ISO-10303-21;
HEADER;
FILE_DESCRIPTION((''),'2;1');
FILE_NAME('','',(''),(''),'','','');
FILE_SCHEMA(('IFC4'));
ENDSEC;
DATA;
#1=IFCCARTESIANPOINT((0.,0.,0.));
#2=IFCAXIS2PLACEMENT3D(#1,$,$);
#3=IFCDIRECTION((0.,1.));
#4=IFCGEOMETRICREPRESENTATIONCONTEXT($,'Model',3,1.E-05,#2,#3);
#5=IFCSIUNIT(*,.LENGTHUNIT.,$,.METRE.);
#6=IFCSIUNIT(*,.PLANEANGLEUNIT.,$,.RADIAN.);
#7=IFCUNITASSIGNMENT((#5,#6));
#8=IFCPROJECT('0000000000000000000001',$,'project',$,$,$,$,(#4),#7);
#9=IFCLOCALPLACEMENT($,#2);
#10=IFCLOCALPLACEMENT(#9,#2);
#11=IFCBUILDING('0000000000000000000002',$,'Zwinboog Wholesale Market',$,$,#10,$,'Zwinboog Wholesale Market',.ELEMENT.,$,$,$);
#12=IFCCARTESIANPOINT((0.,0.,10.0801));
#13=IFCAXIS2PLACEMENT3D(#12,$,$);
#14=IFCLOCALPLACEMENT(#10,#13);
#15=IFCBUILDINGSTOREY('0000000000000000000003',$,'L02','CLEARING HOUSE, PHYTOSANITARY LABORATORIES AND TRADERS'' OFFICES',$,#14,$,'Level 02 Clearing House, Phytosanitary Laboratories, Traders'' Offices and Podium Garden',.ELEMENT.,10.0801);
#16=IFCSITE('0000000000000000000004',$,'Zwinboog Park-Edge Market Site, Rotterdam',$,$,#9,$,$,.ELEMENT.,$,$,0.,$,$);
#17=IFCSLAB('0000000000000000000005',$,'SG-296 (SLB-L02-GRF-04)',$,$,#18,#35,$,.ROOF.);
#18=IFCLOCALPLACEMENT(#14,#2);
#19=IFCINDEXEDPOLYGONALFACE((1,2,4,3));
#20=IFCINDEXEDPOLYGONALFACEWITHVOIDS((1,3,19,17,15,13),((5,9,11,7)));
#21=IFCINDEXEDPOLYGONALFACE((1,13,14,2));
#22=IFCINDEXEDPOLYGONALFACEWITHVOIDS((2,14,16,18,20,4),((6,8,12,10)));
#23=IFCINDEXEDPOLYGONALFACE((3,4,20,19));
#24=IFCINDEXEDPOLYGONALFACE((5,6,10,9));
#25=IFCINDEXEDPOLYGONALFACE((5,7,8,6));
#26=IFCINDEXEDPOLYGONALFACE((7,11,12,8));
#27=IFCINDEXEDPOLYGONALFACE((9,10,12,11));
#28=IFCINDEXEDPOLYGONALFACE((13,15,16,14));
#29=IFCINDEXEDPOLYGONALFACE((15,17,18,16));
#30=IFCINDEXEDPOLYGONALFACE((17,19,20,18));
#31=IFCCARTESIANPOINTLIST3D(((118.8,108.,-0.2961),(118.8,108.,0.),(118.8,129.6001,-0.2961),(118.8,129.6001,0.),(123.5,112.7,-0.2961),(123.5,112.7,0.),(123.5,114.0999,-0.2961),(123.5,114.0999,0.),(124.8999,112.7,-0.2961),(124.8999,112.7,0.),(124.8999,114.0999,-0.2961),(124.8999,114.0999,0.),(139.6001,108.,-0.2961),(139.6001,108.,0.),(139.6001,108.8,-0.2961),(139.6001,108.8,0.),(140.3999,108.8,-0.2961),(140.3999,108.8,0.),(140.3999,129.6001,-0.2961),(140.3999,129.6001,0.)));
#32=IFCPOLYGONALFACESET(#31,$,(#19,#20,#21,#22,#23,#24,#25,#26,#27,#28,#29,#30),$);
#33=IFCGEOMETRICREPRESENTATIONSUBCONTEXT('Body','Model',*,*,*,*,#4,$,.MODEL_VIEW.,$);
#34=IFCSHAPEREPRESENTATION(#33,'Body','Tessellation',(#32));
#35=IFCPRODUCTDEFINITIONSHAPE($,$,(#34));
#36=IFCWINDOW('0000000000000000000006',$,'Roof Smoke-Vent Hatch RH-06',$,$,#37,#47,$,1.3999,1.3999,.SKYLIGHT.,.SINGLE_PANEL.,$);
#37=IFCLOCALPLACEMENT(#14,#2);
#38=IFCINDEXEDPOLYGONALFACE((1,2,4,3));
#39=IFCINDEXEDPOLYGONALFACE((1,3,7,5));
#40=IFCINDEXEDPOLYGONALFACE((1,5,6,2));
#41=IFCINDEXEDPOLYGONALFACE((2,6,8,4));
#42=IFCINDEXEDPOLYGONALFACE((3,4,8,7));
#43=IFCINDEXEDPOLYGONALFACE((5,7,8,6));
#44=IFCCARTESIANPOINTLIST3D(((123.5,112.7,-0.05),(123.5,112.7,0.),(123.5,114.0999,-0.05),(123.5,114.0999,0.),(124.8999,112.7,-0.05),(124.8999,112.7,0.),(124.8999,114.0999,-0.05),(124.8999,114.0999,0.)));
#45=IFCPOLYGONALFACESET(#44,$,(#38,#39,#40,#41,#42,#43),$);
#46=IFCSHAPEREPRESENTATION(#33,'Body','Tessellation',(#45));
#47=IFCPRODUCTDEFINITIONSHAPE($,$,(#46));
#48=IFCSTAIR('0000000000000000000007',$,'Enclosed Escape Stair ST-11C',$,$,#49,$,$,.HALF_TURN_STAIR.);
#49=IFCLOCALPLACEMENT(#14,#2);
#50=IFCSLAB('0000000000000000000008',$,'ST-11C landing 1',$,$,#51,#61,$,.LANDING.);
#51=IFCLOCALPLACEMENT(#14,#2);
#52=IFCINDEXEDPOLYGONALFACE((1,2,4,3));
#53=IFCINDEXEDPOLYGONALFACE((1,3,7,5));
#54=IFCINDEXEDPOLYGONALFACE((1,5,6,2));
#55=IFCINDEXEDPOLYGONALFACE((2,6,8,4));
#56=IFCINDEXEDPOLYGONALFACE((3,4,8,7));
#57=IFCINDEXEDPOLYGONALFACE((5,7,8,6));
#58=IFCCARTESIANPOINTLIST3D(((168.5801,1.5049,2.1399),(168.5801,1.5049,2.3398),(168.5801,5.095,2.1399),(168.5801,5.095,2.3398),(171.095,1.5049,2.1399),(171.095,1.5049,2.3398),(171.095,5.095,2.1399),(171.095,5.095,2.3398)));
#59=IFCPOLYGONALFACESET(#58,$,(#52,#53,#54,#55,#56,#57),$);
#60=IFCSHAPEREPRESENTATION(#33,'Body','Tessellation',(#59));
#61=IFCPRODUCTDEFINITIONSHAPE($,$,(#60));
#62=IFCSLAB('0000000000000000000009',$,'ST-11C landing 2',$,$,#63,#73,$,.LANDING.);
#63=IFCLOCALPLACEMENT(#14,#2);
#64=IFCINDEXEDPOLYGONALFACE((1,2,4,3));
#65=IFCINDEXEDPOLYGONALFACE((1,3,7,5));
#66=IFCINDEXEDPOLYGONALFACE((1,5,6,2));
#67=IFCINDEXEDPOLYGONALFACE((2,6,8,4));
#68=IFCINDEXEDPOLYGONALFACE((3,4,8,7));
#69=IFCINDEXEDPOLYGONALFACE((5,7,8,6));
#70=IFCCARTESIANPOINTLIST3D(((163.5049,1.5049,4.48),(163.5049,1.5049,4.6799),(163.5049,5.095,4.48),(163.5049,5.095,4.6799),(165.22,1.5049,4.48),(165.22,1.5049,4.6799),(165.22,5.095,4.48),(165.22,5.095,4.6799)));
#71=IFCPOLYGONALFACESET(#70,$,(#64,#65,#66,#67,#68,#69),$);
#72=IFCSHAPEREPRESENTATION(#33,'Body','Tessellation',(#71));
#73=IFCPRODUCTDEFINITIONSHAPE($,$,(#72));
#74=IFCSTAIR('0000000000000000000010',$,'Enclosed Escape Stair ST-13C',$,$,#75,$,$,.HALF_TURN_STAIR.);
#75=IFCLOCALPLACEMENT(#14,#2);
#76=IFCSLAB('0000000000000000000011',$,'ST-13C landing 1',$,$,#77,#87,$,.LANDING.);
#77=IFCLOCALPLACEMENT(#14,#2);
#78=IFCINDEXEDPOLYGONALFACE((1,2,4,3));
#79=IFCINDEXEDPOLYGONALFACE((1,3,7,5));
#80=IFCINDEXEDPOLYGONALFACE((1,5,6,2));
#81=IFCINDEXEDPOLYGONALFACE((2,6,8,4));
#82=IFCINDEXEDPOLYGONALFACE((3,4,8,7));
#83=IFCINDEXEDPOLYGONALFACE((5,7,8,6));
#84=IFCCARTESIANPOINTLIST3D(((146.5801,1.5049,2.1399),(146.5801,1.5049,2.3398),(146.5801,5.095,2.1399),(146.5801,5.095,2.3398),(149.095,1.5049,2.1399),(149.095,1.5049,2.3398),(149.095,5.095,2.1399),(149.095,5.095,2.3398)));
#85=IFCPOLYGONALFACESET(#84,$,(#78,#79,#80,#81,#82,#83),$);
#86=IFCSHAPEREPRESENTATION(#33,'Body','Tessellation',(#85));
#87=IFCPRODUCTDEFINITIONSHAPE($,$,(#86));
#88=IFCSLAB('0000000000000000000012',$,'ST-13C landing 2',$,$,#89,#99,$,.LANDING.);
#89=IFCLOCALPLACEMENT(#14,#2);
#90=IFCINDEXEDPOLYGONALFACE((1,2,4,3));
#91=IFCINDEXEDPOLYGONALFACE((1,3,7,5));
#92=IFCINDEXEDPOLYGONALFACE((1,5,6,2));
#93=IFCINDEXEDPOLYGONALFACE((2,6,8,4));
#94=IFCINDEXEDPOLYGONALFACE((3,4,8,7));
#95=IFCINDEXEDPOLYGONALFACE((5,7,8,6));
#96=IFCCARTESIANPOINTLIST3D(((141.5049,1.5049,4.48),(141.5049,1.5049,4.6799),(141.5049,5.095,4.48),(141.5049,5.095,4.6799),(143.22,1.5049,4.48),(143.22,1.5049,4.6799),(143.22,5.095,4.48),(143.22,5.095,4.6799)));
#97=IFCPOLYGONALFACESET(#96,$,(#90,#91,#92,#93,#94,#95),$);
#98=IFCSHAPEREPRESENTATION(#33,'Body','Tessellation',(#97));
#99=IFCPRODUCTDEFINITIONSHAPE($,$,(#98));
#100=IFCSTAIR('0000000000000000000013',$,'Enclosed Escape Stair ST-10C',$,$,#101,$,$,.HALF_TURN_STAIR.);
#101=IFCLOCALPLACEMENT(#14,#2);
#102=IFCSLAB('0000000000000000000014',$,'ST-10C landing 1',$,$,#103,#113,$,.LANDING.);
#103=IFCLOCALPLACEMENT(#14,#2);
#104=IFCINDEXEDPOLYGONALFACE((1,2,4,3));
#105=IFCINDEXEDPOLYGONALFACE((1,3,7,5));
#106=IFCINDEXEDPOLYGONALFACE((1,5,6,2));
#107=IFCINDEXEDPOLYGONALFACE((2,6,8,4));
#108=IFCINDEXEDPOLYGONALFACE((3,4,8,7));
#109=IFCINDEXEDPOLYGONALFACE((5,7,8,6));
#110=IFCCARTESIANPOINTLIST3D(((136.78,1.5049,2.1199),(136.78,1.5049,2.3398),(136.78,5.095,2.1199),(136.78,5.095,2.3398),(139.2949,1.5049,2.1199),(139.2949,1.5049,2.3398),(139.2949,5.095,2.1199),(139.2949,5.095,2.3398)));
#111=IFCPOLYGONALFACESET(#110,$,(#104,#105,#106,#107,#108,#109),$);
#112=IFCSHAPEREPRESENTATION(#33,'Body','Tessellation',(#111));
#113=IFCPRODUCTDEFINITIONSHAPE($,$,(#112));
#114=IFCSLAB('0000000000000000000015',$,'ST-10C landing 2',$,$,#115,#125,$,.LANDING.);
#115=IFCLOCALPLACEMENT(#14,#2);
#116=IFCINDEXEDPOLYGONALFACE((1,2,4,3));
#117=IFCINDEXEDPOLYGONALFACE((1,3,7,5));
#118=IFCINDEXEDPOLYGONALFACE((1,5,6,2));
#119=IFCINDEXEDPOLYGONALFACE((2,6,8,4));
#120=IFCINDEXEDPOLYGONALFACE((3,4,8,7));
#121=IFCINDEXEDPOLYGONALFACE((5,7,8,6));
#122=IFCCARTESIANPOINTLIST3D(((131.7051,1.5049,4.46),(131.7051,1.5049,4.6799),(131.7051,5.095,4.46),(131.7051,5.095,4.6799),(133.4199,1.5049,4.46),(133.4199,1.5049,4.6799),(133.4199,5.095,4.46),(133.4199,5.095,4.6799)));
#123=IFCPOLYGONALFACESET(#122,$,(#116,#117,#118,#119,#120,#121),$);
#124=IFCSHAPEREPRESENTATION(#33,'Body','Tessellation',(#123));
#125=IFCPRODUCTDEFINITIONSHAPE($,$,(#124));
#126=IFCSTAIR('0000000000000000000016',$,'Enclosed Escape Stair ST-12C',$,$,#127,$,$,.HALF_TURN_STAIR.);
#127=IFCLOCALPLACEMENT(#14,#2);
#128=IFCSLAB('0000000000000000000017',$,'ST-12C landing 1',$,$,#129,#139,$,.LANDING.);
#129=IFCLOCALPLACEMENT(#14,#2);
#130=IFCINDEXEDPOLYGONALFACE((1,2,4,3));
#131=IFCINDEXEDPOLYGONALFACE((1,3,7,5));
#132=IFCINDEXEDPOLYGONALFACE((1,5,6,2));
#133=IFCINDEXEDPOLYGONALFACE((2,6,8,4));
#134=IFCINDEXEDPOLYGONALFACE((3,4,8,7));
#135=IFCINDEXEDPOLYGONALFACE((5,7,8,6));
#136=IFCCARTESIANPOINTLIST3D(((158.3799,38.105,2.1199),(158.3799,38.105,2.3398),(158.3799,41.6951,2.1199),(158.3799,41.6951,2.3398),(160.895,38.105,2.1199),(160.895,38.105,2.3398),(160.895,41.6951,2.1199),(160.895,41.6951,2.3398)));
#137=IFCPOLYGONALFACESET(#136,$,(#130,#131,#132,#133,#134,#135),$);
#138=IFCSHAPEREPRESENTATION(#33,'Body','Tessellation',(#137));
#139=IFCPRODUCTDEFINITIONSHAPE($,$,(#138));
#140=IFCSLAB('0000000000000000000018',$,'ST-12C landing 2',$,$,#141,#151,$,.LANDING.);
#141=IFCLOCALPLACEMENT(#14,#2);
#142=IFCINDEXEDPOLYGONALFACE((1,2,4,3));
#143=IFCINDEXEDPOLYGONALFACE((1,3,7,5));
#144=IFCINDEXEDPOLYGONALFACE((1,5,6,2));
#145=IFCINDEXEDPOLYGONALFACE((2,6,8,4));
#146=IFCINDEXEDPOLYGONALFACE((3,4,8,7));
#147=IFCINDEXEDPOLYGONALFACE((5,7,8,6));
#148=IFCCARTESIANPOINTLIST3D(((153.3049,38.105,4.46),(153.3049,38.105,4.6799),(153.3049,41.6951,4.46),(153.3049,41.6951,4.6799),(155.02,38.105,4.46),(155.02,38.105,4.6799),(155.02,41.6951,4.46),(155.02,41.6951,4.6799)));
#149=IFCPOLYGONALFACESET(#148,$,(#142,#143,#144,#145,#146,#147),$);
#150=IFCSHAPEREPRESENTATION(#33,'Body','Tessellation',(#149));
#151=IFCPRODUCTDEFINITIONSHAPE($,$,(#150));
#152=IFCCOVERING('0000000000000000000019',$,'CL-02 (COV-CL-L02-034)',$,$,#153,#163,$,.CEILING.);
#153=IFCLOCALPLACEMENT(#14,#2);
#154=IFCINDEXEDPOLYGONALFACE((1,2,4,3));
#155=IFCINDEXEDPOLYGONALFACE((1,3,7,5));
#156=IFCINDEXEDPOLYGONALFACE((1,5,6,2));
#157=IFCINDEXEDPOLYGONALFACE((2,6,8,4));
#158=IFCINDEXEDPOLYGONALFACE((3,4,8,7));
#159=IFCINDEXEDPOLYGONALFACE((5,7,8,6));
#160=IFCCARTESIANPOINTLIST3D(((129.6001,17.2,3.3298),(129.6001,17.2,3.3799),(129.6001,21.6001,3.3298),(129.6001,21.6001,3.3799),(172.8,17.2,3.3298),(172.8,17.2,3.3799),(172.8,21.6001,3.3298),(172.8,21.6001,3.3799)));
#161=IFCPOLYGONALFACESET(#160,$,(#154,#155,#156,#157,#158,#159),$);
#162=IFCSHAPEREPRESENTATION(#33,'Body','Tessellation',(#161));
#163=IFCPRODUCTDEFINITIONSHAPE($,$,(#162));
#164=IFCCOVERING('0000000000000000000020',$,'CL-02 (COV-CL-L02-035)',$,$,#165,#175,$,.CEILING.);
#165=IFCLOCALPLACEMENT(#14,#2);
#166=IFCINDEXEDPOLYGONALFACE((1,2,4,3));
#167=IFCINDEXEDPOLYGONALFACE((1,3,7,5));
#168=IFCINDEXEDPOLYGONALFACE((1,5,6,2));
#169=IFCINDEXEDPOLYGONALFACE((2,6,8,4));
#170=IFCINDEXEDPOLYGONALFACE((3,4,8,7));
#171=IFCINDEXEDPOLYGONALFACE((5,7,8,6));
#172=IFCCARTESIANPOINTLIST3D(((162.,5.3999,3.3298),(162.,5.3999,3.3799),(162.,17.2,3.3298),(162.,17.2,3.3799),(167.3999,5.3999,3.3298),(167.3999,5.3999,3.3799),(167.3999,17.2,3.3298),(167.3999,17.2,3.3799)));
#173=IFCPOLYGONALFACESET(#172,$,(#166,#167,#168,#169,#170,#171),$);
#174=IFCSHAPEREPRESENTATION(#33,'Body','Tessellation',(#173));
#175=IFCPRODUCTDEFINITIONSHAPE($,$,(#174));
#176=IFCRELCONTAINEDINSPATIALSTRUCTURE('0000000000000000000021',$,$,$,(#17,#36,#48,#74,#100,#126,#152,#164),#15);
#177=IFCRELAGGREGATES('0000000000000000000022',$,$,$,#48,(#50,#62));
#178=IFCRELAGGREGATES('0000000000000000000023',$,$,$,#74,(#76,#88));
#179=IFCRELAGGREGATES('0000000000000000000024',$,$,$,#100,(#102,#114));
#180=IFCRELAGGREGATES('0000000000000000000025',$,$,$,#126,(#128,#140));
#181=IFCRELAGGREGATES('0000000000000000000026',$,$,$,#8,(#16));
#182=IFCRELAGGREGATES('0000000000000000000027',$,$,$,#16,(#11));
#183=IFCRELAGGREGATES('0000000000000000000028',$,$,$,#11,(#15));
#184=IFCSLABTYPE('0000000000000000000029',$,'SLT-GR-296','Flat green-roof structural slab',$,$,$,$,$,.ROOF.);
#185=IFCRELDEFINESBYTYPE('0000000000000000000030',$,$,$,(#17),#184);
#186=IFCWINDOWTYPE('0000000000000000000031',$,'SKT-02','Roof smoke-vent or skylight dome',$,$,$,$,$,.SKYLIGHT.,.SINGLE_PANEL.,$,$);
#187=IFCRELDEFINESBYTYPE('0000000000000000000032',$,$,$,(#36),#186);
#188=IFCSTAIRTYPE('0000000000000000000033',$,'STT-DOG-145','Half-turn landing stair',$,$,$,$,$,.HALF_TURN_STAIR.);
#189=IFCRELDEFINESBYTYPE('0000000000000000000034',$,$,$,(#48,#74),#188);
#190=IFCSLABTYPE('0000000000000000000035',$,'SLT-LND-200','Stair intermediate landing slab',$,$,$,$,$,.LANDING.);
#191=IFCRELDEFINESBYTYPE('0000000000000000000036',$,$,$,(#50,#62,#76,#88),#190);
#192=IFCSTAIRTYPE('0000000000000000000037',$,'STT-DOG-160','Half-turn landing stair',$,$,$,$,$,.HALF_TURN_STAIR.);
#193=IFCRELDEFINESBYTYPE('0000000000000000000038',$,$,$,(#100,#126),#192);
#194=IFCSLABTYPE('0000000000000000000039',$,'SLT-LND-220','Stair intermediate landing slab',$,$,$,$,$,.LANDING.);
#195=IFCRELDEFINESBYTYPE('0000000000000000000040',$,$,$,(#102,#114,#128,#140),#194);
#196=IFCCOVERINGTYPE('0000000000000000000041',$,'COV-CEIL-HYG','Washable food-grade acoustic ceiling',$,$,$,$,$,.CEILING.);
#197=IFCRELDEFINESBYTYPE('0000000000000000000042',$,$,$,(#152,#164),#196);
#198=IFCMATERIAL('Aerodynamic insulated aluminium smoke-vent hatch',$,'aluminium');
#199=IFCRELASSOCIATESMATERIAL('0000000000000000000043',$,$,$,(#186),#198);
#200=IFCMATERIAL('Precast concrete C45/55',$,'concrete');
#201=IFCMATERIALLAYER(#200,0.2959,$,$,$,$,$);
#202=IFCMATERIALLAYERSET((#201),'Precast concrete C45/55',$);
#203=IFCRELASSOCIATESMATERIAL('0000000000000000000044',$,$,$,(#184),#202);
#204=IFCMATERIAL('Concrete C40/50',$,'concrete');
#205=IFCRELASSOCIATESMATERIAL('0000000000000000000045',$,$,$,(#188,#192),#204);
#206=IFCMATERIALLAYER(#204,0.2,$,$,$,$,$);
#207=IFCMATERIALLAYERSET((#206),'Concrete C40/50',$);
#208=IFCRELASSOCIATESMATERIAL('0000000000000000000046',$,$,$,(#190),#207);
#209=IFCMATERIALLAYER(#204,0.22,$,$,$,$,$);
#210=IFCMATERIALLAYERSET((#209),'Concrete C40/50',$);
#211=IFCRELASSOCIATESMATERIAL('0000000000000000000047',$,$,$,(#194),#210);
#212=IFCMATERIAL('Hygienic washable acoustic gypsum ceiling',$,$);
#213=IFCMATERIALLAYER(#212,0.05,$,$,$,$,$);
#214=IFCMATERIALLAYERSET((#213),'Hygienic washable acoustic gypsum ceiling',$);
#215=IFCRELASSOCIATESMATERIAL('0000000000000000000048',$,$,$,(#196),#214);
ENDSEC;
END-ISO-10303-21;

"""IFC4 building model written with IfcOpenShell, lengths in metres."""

from ifc_helpers import new_model, si_unit, direction, frame, origin, origin_2d, place, context, subcontext, project, spatial, polyline, rectangle, outline, extrude, material, layer, layer_set, type_object, element, fill, aggregate, save


model = new_model("IFC4")

# Units and contexts
model_context = context("Model", 3, precision=1e-05, world=origin(), true_north=direction((0.0, 1.0)))
body_context = subcontext(model_context, "Body", "Model", "MODEL_VIEW")
ifc_project = project(units=[si_unit("LENGTHUNIT", "METRE"), si_unit("PLANEANGLEUNIT", "RADIAN")], contexts=[model_context])

# Site, building, storey
site_placement = place(None, origin())
site = spatial("IfcSite", under=ifc_project, at=site_placement, Name="Zwinboog Park-Edge Market Site, Rotterdam", CompositionType="ELEMENT", RefElevation=0.0)
building_placement = place(site_placement, origin())
building = spatial("IfcBuilding", under=site, at=building_placement, Name="Zwinboog Wholesale Market", LongName="Zwinboog Wholesale Market", CompositionType="ELEMENT")
storey_placement = place(building_placement, frame((0.0, 0.0, 10.0801)))
storey = spatial("IfcBuildingStorey", under=building, at=storey_placement, Name="L02", Description="CLEARING HOUSE, PHYTOSANITARY LABORATORIES AND TRADERS' OFFICES", LongName="Level 02 Clearing House, Phytosanitary Laboratories, Traders' Offices and Podium Garden", CompositionType="ELEMENT", Elevation=10.0801)

# Shared definitions
ifc_material_1 = material(Name="Precast concrete C45/55", Category="concrete")
ifc_material_2 = material(Name="Concrete C40/50", Category="concrete")

# Shared definitions
ifc_material_3 = material(Name="Aerodynamic insulated aluminium smoke-vent hatch", Category="aluminium")
window_type_1 = type_object("IfcWindowType", Name="SKT-02", Description="Roof smoke-vent or skylight dome", PartitioningType="SINGLE_PANEL", PredefinedType="SKYLIGHT", material=ifc_material_3)

# Slab, opening, window
ifc_layer_1 = layer(ifc_material_1, 0.2959)
ifc_layer_set_1 = layer_set([ifc_layer_1], Name="Precast concrete C45/55")
slab_type_1 = type_object("IfcSlabType", Name="SLT-GR-296", Description="Flat green-roof structural slab", PredefinedType="ROOF", material=ifc_layer_set_1)
slab_1_placement = place(storey_placement, frame((0.0, 0.0, -0.2961)))
slab_1 = element("IfcSlab", 1, at=slab_1_placement, inside=storey, type_object=slab_type_1, Name="SG-296 (SLB-L02-GRF-04)", PredefinedType="ROOF", context=body_context, shape_type="SweptSolid", body=[
    extrude(outline(polyline([(118.8, 108.0), (139.6001, 108.0), (139.6001, 108.8), (140.3999, 108.8), (140.3999, 129.6001), (118.8, 129.6001), (118.8, 108.0)])), origin(), (0.0, 0.0, 1.0), 0.2961),
])
opening_1_placement = place(slab_1_placement, frame((124.2, 113.3999, 0.0)))
opening_1 = element("IfcOpeningElement", 2, at=opening_1_placement, cuts=slab_1, PredefinedType="OPENING", context=body_context, shape_type="SweptSolid", body=[
    extrude(rectangle(XDim=1.3999, YDim=1.3999, at=origin_2d()), frame((0.0, 0.0, -0.01)), (0.0, 0.0, 1.0), 0.3162),
])
window_1_placement = place(opening_1_placement, frame((0.0, 0.0, 0.2461)))
window_1 = element("IfcWindow", 3, at=window_1_placement, inside=storey, type_object=window_type_1, Name="Roof Smoke-Vent Hatch RH-06", OverallHeight=1.3999, OverallWidth=1.3999, PartitioningType="SINGLE_PANEL", PredefinedType="SKYLIGHT", context=body_context, shape_type="SweptSolid", body=[
    extrude(rectangle(XDim=1.3999, YDim=1.3999, at=origin_2d()), origin(), (0.0, 0.0, 1.0), 0.05),
])
fill(opening_1, window_1)

# Stairs, slabs
stair_type_1 = type_object("IfcStairType", Name="STT-DOG-145", Description="Half-turn landing stair", PredefinedType="HALF_TURN_STAIR", material=ifc_material_2)
stair_1_placement = place(storey_placement, origin())
stair_1 = element("IfcStair", 4, at=stair_1_placement, inside=storey, type_object=stair_type_1, Name="Enclosed Escape Stair ST-11C", PredefinedType="HALF_TURN_STAIR")
ifc_layer_2 = layer(ifc_material_2, 0.2)
ifc_layer_set_2 = layer_set([ifc_layer_2], Name="Concrete C40/50")
slab_type_2 = type_object("IfcSlabType", Name="SLT-LND-200", Description="Stair intermediate landing slab", PredefinedType="LANDING", material=ifc_layer_set_2)
slab_2_placement = place(storey_placement, frame((0.0, 0.0, 2.1399)))
slab_2 = element("IfcSlab", 5, at=slab_2_placement, type_object=slab_type_2, Name="ST-11C landing 1", PredefinedType="LANDING", context=body_context, shape_type="SweptSolid", body=[
    extrude(outline(polyline([(168.5801, 1.5049), (171.095, 1.5049), (171.095, 5.095), (168.5801, 5.095), (168.5801, 1.5049)])), origin(), (0.0, 0.0, 1.0), 0.2),
])
slab_3_placement = place(storey_placement, frame((0.0, 0.0, 4.48)))
slab_3 = element("IfcSlab", 6, at=slab_3_placement, type_object=slab_type_2, Name="ST-11C landing 2", PredefinedType="LANDING", context=body_context, shape_type="SweptSolid", body=[
    extrude(outline(polyline([(163.5049, 1.5049), (165.22, 1.5049), (165.22, 5.095), (163.5049, 5.095), (163.5049, 1.5049)])), origin(), (0.0, 0.0, 1.0), 0.2),
])
aggregate(stair_1, [slab_2, slab_3])
stair_2_placement = place(storey_placement, origin())
stair_2 = element("IfcStair", 7, at=stair_2_placement, inside=storey, type_object=stair_type_1, Name="Enclosed Escape Stair ST-13C", PredefinedType="HALF_TURN_STAIR")
slab_4_placement = place(storey_placement, frame((0.0, 0.0, 2.1399)))
slab_4 = element("IfcSlab", 8, at=slab_4_placement, type_object=slab_type_2, Name="ST-13C landing 1", PredefinedType="LANDING", context=body_context, shape_type="SweptSolid", body=[
    extrude(outline(polyline([(146.5801, 1.5049), (149.095, 1.5049), (149.095, 5.095), (146.5801, 5.095), (146.5801, 1.5049)])), origin(), (0.0, 0.0, 1.0), 0.2),
])
slab_5_placement = place(storey_placement, frame((0.0, 0.0, 4.48)))
slab_5 = element("IfcSlab", 9, at=slab_5_placement, type_object=slab_type_2, Name="ST-13C landing 2", PredefinedType="LANDING", context=body_context, shape_type="SweptSolid", body=[
    extrude(outline(polyline([(141.5049, 1.5049), (143.22, 1.5049), (143.22, 5.095), (141.5049, 5.095), (141.5049, 1.5049)])), origin(), (0.0, 0.0, 1.0), 0.2),
])
aggregate(stair_2, [slab_4, slab_5])
stair_type_2 = type_object("IfcStairType", Name="STT-DOG-160", Description="Half-turn landing stair", PredefinedType="HALF_TURN_STAIR", material=ifc_material_2)
stair_3_placement = place(storey_placement, origin())
stair_3 = element("IfcStair", 10, at=stair_3_placement, inside=storey, type_object=stair_type_2, Name="Enclosed Escape Stair ST-10C", PredefinedType="HALF_TURN_STAIR")
ifc_layer_3 = layer(ifc_material_2, 0.22)
ifc_layer_set_3 = layer_set([ifc_layer_3], Name="Concrete C40/50")
slab_type_3 = type_object("IfcSlabType", Name="SLT-LND-220", Description="Stair intermediate landing slab", PredefinedType="LANDING", material=ifc_layer_set_3)
slab_6_placement = place(storey_placement, frame((0.0, 0.0, 2.1199)))
slab_6 = element("IfcSlab", 11, at=slab_6_placement, type_object=slab_type_3, Name="ST-10C landing 1", PredefinedType="LANDING", context=body_context, shape_type="SweptSolid", body=[
    extrude(outline(polyline([(136.78, 1.5049), (139.2949, 1.5049), (139.2949, 5.095), (136.78, 5.095), (136.78, 1.5049)])), origin(), (0.0, 0.0, 1.0), 0.22),
])
slab_7_placement = place(storey_placement, frame((0.0, 0.0, 4.46)))
slab_7 = element("IfcSlab", 12, at=slab_7_placement, type_object=slab_type_3, Name="ST-10C landing 2", PredefinedType="LANDING", context=body_context, shape_type="SweptSolid", body=[
    extrude(outline(polyline([(131.7051, 1.5049), (133.4199, 1.5049), (133.4199, 5.095), (131.7051, 5.095), (131.7051, 1.5049)])), origin(), (0.0, 0.0, 1.0), 0.22),
])
aggregate(stair_3, [slab_6, slab_7])
stair_4_placement = place(storey_placement, origin())
stair_4 = element("IfcStair", 13, at=stair_4_placement, inside=storey, type_object=stair_type_2, Name="Enclosed Escape Stair ST-12C", PredefinedType="HALF_TURN_STAIR")
slab_8_placement = place(storey_placement, frame((0.0, 0.0, 2.1199)))
slab_8 = element("IfcSlab", 14, at=slab_8_placement, type_object=slab_type_3, Name="ST-12C landing 1", PredefinedType="LANDING", context=body_context, shape_type="SweptSolid", body=[
    extrude(outline(polyline([(158.3799, 38.105), (160.895, 38.105), (160.895, 41.6951), (158.3799, 41.6951), (158.3799, 38.105)])), origin(), (0.0, 0.0, 1.0), 0.22),
])
slab_9_placement = place(storey_placement, frame((0.0, 0.0, 4.46)))
slab_9 = element("IfcSlab", 15, at=slab_9_placement, type_object=slab_type_3, Name="ST-12C landing 2", PredefinedType="LANDING", context=body_context, shape_type="SweptSolid", body=[
    extrude(outline(polyline([(153.3049, 38.105), (155.02, 38.105), (155.02, 41.6951), (153.3049, 41.6951), (153.3049, 38.105)])), origin(), (0.0, 0.0, 1.0), 0.22),
])
aggregate(stair_4, [slab_8, slab_9])

# Coverings
ifc_material_4 = material(Name="Hygienic washable acoustic gypsum ceiling")
ifc_layer_4 = layer(ifc_material_4, 0.05)
ifc_layer_set_4 = layer_set([ifc_layer_4], Name="Hygienic washable acoustic gypsum ceiling")
covering_type = type_object("IfcCoveringType", Name="COV-CEIL-HYG", Description="Washable food-grade acoustic ceiling", PredefinedType="CEILING", material=ifc_layer_set_4)
covering_1_placement = place(storey_placement, frame((0.0, 0.0, 3.3298)))
element("IfcCovering", 16, at=covering_1_placement, inside=storey, type_object=covering_type, Name="CL-02 (COV-CL-L02-034)", PredefinedType="CEILING", context=body_context, shape_type="SweptSolid", body=[
    extrude(outline(polyline([(129.6001, 17.2), (172.8, 17.2), (172.8, 21.6001), (129.6001, 21.6001), (129.6001, 17.2)])), origin(), (0.0, 0.0, 1.0), 0.05),
])
covering_2_placement = place(storey_placement, frame((0.0, 0.0, 3.3298)))
element("IfcCovering", 17, at=covering_2_placement, inside=storey, type_object=covering_type, Name="CL-02 (COV-CL-L02-035)", PredefinedType="CEILING", context=body_context, shape_type="SweptSolid", body=[
    extrude(outline(polyline([(162.0, 5.3999), (167.3999, 5.3999), (167.3999, 17.2), (162.0, 17.2), (162.0, 5.3999)])), origin(), (0.0, 0.0, 1.0), 0.05),
])

save(model, "model.ifc")
